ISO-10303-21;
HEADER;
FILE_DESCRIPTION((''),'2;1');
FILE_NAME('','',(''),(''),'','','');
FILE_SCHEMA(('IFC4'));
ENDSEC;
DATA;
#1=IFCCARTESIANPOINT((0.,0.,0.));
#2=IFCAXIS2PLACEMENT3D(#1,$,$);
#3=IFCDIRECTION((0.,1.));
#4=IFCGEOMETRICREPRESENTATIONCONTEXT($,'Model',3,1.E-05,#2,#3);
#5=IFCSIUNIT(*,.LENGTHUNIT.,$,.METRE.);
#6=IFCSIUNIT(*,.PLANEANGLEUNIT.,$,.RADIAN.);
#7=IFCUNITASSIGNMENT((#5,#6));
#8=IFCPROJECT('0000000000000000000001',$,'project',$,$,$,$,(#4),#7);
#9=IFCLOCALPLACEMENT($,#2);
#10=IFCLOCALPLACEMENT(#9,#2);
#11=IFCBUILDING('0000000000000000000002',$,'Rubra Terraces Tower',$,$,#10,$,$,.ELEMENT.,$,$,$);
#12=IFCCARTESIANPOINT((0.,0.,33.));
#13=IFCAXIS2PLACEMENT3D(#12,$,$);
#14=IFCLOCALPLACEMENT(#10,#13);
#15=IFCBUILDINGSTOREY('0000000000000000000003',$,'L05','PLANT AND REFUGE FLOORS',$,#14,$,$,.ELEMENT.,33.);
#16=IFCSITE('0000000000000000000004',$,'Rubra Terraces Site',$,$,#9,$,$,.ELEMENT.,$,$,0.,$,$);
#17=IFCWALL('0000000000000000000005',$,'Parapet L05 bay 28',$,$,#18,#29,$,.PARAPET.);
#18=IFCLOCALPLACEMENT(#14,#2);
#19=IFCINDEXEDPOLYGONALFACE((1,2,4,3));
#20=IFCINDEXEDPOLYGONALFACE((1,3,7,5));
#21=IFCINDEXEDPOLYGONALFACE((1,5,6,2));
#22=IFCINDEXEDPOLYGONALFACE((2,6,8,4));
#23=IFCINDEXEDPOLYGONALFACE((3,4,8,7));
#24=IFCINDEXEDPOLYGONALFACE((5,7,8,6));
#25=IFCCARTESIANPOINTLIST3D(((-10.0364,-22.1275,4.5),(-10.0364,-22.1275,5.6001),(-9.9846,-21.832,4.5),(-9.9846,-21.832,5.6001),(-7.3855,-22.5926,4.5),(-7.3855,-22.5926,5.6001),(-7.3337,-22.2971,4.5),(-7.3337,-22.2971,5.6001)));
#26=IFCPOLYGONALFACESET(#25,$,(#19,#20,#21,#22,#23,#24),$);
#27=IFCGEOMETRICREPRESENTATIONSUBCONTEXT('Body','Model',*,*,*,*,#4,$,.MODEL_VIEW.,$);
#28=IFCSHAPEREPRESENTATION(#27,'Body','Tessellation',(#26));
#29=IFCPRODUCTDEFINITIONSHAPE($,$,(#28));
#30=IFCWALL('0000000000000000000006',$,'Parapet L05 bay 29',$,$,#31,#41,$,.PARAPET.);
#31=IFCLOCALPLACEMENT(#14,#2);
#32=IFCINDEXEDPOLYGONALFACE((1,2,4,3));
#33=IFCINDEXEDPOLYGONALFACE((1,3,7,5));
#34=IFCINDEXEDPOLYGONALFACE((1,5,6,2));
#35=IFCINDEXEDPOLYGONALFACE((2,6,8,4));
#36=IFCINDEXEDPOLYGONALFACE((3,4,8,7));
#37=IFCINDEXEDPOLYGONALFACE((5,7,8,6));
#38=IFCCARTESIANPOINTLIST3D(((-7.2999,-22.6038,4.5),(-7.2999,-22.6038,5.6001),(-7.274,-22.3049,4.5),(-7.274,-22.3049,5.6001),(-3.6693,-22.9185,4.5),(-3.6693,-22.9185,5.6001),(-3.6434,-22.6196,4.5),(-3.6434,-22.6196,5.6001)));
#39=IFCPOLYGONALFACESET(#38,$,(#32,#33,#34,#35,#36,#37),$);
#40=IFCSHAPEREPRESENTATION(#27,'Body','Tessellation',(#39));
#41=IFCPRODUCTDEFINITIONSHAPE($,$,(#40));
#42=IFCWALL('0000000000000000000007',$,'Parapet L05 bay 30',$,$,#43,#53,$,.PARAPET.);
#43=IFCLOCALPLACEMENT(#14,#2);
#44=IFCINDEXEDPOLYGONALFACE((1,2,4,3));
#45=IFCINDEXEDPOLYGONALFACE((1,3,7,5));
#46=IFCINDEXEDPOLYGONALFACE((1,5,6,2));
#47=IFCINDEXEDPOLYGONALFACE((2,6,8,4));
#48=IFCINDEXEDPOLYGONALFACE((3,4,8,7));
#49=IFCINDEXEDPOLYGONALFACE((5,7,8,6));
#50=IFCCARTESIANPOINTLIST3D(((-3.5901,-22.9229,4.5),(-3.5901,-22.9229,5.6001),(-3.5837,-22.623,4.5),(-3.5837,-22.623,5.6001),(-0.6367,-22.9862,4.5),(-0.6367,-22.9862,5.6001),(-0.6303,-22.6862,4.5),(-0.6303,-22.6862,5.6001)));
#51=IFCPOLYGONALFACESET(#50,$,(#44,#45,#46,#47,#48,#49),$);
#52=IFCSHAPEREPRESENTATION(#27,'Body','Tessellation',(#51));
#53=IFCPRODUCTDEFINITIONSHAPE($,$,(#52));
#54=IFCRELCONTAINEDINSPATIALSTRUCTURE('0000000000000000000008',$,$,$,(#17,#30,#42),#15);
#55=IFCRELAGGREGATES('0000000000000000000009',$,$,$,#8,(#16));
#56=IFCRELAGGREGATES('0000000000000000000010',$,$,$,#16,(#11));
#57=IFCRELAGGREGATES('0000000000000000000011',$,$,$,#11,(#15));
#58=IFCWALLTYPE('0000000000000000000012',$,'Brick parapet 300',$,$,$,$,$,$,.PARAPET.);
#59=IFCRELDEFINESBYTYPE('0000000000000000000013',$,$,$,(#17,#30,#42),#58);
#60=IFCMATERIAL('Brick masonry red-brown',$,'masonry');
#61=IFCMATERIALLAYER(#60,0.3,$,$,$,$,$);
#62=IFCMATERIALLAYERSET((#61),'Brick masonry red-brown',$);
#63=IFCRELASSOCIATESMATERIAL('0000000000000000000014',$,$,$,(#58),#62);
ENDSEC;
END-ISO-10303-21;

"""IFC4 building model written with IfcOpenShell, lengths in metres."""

from ifc_helpers import new_model, si_unit, direction, frame, frame_2d, origin, place, context, subcontext, project, spatial, rectangle, extrude, material, layer, layer_set, type_object, element, save


model = new_model("IFC4")

# Units and contexts
model_context = context("Model", 3, precision=1e-05, world=origin(), true_north=direction((0.0, 1.0)))
body_context = subcontext(model_context, "Body", "Model", "MODEL_VIEW")
ifc_project = project(units=[si_unit("LENGTHUNIT", "METRE"), si_unit("PLANEANGLEUNIT", "RADIAN")], contexts=[model_context])

# Site, building, storey
site_placement = place(None, origin())
site = spatial("IfcSite", under=ifc_project, at=site_placement, Name="Rubra Terraces Site", CompositionType="ELEMENT", RefElevation=0.0)
building_placement = place(site_placement, origin())
building = spatial("IfcBuilding", under=site, at=building_placement, Name="Rubra Terraces Tower", CompositionType="ELEMENT")
storey_placement = place(building_placement, frame((0.0, 0.0, 33.0)))
storey = spatial("IfcBuildingStorey", under=building, at=storey_placement, Name="L05", Description="PLANT AND REFUGE FLOORS", CompositionType="ELEMENT", Elevation=33.0)

# Shared definitions
ifc_material_1 = material(Name="Brick masonry red-brown", Category="masonry")

# Walls
ifc_layer_1 = layer(ifc_material_1, 0.3)
ifc_layer_set_1 = layer_set([ifc_layer_1], Name="Brick masonry red-brown")
wall_type_1 = type_object("IfcWallType", Name="Brick parapet 300", PredefinedType="PARAPET", material=ifc_layer_set_1)
wall_1_placement = place(storey_placement, frame((-10.0105, -21.9797, 4.5), z_axis=(0.0, 0.0, 1.0), x_axis=(0.984956, -0.172807, 0.0)))
element("IfcWall", 1, at=wall_1_placement, inside=storey, type_object=wall_type_1, Name="Parapet L05 bay 28", PredefinedType="PARAPET", context=body_context, shape_type="SweptSolid", body=[
    extrude(rectangle(XDim=2.6914, YDim=0.3, at=frame_2d((1.3457, 0.0))), origin(), (0.0, 0.0, 1.0), 1.1001),
])
wall_2_placement = place(storey_placement, frame((-7.2871, -22.4543, 4.5), z_axis=(0.0, 0.0, 1.0), x_axis=(0.996264, -0.086355, 0.0)))
element("IfcWall", 2, at=wall_2_placement, inside=storey, type_object=wall_type_1, Name="Parapet L05 bay 29", PredefinedType="PARAPET", context=body_context, shape_type="SweptSolid", body=[
    extrude(rectangle(XDim=3.6443, YDim=0.3, at=frame_2d((1.8223, 0.0))), origin(), (0.0, 0.0, 1.0), 1.1001),
])
wall_3_placement = place(storey_placement, frame((-3.5869, -22.7729, 4.5), z_axis=(0.0, 0.0, 1.0), x_axis=(0.999771, -0.021405, 0.0)))
element("IfcWall", 3, at=wall_3_placement, inside=storey, type_object=wall_type_1, Name="Parapet L05 bay 30", PredefinedType="PARAPET", context=body_context, shape_type="SweptSolid", body=[
    extrude(rectangle(XDim=2.9541, YDim=0.3, at=frame_2d((1.4771, 0.0))), origin(), (0.0, 0.0, 1.0), 1.1001),
])

save(model, "model.ifc")
